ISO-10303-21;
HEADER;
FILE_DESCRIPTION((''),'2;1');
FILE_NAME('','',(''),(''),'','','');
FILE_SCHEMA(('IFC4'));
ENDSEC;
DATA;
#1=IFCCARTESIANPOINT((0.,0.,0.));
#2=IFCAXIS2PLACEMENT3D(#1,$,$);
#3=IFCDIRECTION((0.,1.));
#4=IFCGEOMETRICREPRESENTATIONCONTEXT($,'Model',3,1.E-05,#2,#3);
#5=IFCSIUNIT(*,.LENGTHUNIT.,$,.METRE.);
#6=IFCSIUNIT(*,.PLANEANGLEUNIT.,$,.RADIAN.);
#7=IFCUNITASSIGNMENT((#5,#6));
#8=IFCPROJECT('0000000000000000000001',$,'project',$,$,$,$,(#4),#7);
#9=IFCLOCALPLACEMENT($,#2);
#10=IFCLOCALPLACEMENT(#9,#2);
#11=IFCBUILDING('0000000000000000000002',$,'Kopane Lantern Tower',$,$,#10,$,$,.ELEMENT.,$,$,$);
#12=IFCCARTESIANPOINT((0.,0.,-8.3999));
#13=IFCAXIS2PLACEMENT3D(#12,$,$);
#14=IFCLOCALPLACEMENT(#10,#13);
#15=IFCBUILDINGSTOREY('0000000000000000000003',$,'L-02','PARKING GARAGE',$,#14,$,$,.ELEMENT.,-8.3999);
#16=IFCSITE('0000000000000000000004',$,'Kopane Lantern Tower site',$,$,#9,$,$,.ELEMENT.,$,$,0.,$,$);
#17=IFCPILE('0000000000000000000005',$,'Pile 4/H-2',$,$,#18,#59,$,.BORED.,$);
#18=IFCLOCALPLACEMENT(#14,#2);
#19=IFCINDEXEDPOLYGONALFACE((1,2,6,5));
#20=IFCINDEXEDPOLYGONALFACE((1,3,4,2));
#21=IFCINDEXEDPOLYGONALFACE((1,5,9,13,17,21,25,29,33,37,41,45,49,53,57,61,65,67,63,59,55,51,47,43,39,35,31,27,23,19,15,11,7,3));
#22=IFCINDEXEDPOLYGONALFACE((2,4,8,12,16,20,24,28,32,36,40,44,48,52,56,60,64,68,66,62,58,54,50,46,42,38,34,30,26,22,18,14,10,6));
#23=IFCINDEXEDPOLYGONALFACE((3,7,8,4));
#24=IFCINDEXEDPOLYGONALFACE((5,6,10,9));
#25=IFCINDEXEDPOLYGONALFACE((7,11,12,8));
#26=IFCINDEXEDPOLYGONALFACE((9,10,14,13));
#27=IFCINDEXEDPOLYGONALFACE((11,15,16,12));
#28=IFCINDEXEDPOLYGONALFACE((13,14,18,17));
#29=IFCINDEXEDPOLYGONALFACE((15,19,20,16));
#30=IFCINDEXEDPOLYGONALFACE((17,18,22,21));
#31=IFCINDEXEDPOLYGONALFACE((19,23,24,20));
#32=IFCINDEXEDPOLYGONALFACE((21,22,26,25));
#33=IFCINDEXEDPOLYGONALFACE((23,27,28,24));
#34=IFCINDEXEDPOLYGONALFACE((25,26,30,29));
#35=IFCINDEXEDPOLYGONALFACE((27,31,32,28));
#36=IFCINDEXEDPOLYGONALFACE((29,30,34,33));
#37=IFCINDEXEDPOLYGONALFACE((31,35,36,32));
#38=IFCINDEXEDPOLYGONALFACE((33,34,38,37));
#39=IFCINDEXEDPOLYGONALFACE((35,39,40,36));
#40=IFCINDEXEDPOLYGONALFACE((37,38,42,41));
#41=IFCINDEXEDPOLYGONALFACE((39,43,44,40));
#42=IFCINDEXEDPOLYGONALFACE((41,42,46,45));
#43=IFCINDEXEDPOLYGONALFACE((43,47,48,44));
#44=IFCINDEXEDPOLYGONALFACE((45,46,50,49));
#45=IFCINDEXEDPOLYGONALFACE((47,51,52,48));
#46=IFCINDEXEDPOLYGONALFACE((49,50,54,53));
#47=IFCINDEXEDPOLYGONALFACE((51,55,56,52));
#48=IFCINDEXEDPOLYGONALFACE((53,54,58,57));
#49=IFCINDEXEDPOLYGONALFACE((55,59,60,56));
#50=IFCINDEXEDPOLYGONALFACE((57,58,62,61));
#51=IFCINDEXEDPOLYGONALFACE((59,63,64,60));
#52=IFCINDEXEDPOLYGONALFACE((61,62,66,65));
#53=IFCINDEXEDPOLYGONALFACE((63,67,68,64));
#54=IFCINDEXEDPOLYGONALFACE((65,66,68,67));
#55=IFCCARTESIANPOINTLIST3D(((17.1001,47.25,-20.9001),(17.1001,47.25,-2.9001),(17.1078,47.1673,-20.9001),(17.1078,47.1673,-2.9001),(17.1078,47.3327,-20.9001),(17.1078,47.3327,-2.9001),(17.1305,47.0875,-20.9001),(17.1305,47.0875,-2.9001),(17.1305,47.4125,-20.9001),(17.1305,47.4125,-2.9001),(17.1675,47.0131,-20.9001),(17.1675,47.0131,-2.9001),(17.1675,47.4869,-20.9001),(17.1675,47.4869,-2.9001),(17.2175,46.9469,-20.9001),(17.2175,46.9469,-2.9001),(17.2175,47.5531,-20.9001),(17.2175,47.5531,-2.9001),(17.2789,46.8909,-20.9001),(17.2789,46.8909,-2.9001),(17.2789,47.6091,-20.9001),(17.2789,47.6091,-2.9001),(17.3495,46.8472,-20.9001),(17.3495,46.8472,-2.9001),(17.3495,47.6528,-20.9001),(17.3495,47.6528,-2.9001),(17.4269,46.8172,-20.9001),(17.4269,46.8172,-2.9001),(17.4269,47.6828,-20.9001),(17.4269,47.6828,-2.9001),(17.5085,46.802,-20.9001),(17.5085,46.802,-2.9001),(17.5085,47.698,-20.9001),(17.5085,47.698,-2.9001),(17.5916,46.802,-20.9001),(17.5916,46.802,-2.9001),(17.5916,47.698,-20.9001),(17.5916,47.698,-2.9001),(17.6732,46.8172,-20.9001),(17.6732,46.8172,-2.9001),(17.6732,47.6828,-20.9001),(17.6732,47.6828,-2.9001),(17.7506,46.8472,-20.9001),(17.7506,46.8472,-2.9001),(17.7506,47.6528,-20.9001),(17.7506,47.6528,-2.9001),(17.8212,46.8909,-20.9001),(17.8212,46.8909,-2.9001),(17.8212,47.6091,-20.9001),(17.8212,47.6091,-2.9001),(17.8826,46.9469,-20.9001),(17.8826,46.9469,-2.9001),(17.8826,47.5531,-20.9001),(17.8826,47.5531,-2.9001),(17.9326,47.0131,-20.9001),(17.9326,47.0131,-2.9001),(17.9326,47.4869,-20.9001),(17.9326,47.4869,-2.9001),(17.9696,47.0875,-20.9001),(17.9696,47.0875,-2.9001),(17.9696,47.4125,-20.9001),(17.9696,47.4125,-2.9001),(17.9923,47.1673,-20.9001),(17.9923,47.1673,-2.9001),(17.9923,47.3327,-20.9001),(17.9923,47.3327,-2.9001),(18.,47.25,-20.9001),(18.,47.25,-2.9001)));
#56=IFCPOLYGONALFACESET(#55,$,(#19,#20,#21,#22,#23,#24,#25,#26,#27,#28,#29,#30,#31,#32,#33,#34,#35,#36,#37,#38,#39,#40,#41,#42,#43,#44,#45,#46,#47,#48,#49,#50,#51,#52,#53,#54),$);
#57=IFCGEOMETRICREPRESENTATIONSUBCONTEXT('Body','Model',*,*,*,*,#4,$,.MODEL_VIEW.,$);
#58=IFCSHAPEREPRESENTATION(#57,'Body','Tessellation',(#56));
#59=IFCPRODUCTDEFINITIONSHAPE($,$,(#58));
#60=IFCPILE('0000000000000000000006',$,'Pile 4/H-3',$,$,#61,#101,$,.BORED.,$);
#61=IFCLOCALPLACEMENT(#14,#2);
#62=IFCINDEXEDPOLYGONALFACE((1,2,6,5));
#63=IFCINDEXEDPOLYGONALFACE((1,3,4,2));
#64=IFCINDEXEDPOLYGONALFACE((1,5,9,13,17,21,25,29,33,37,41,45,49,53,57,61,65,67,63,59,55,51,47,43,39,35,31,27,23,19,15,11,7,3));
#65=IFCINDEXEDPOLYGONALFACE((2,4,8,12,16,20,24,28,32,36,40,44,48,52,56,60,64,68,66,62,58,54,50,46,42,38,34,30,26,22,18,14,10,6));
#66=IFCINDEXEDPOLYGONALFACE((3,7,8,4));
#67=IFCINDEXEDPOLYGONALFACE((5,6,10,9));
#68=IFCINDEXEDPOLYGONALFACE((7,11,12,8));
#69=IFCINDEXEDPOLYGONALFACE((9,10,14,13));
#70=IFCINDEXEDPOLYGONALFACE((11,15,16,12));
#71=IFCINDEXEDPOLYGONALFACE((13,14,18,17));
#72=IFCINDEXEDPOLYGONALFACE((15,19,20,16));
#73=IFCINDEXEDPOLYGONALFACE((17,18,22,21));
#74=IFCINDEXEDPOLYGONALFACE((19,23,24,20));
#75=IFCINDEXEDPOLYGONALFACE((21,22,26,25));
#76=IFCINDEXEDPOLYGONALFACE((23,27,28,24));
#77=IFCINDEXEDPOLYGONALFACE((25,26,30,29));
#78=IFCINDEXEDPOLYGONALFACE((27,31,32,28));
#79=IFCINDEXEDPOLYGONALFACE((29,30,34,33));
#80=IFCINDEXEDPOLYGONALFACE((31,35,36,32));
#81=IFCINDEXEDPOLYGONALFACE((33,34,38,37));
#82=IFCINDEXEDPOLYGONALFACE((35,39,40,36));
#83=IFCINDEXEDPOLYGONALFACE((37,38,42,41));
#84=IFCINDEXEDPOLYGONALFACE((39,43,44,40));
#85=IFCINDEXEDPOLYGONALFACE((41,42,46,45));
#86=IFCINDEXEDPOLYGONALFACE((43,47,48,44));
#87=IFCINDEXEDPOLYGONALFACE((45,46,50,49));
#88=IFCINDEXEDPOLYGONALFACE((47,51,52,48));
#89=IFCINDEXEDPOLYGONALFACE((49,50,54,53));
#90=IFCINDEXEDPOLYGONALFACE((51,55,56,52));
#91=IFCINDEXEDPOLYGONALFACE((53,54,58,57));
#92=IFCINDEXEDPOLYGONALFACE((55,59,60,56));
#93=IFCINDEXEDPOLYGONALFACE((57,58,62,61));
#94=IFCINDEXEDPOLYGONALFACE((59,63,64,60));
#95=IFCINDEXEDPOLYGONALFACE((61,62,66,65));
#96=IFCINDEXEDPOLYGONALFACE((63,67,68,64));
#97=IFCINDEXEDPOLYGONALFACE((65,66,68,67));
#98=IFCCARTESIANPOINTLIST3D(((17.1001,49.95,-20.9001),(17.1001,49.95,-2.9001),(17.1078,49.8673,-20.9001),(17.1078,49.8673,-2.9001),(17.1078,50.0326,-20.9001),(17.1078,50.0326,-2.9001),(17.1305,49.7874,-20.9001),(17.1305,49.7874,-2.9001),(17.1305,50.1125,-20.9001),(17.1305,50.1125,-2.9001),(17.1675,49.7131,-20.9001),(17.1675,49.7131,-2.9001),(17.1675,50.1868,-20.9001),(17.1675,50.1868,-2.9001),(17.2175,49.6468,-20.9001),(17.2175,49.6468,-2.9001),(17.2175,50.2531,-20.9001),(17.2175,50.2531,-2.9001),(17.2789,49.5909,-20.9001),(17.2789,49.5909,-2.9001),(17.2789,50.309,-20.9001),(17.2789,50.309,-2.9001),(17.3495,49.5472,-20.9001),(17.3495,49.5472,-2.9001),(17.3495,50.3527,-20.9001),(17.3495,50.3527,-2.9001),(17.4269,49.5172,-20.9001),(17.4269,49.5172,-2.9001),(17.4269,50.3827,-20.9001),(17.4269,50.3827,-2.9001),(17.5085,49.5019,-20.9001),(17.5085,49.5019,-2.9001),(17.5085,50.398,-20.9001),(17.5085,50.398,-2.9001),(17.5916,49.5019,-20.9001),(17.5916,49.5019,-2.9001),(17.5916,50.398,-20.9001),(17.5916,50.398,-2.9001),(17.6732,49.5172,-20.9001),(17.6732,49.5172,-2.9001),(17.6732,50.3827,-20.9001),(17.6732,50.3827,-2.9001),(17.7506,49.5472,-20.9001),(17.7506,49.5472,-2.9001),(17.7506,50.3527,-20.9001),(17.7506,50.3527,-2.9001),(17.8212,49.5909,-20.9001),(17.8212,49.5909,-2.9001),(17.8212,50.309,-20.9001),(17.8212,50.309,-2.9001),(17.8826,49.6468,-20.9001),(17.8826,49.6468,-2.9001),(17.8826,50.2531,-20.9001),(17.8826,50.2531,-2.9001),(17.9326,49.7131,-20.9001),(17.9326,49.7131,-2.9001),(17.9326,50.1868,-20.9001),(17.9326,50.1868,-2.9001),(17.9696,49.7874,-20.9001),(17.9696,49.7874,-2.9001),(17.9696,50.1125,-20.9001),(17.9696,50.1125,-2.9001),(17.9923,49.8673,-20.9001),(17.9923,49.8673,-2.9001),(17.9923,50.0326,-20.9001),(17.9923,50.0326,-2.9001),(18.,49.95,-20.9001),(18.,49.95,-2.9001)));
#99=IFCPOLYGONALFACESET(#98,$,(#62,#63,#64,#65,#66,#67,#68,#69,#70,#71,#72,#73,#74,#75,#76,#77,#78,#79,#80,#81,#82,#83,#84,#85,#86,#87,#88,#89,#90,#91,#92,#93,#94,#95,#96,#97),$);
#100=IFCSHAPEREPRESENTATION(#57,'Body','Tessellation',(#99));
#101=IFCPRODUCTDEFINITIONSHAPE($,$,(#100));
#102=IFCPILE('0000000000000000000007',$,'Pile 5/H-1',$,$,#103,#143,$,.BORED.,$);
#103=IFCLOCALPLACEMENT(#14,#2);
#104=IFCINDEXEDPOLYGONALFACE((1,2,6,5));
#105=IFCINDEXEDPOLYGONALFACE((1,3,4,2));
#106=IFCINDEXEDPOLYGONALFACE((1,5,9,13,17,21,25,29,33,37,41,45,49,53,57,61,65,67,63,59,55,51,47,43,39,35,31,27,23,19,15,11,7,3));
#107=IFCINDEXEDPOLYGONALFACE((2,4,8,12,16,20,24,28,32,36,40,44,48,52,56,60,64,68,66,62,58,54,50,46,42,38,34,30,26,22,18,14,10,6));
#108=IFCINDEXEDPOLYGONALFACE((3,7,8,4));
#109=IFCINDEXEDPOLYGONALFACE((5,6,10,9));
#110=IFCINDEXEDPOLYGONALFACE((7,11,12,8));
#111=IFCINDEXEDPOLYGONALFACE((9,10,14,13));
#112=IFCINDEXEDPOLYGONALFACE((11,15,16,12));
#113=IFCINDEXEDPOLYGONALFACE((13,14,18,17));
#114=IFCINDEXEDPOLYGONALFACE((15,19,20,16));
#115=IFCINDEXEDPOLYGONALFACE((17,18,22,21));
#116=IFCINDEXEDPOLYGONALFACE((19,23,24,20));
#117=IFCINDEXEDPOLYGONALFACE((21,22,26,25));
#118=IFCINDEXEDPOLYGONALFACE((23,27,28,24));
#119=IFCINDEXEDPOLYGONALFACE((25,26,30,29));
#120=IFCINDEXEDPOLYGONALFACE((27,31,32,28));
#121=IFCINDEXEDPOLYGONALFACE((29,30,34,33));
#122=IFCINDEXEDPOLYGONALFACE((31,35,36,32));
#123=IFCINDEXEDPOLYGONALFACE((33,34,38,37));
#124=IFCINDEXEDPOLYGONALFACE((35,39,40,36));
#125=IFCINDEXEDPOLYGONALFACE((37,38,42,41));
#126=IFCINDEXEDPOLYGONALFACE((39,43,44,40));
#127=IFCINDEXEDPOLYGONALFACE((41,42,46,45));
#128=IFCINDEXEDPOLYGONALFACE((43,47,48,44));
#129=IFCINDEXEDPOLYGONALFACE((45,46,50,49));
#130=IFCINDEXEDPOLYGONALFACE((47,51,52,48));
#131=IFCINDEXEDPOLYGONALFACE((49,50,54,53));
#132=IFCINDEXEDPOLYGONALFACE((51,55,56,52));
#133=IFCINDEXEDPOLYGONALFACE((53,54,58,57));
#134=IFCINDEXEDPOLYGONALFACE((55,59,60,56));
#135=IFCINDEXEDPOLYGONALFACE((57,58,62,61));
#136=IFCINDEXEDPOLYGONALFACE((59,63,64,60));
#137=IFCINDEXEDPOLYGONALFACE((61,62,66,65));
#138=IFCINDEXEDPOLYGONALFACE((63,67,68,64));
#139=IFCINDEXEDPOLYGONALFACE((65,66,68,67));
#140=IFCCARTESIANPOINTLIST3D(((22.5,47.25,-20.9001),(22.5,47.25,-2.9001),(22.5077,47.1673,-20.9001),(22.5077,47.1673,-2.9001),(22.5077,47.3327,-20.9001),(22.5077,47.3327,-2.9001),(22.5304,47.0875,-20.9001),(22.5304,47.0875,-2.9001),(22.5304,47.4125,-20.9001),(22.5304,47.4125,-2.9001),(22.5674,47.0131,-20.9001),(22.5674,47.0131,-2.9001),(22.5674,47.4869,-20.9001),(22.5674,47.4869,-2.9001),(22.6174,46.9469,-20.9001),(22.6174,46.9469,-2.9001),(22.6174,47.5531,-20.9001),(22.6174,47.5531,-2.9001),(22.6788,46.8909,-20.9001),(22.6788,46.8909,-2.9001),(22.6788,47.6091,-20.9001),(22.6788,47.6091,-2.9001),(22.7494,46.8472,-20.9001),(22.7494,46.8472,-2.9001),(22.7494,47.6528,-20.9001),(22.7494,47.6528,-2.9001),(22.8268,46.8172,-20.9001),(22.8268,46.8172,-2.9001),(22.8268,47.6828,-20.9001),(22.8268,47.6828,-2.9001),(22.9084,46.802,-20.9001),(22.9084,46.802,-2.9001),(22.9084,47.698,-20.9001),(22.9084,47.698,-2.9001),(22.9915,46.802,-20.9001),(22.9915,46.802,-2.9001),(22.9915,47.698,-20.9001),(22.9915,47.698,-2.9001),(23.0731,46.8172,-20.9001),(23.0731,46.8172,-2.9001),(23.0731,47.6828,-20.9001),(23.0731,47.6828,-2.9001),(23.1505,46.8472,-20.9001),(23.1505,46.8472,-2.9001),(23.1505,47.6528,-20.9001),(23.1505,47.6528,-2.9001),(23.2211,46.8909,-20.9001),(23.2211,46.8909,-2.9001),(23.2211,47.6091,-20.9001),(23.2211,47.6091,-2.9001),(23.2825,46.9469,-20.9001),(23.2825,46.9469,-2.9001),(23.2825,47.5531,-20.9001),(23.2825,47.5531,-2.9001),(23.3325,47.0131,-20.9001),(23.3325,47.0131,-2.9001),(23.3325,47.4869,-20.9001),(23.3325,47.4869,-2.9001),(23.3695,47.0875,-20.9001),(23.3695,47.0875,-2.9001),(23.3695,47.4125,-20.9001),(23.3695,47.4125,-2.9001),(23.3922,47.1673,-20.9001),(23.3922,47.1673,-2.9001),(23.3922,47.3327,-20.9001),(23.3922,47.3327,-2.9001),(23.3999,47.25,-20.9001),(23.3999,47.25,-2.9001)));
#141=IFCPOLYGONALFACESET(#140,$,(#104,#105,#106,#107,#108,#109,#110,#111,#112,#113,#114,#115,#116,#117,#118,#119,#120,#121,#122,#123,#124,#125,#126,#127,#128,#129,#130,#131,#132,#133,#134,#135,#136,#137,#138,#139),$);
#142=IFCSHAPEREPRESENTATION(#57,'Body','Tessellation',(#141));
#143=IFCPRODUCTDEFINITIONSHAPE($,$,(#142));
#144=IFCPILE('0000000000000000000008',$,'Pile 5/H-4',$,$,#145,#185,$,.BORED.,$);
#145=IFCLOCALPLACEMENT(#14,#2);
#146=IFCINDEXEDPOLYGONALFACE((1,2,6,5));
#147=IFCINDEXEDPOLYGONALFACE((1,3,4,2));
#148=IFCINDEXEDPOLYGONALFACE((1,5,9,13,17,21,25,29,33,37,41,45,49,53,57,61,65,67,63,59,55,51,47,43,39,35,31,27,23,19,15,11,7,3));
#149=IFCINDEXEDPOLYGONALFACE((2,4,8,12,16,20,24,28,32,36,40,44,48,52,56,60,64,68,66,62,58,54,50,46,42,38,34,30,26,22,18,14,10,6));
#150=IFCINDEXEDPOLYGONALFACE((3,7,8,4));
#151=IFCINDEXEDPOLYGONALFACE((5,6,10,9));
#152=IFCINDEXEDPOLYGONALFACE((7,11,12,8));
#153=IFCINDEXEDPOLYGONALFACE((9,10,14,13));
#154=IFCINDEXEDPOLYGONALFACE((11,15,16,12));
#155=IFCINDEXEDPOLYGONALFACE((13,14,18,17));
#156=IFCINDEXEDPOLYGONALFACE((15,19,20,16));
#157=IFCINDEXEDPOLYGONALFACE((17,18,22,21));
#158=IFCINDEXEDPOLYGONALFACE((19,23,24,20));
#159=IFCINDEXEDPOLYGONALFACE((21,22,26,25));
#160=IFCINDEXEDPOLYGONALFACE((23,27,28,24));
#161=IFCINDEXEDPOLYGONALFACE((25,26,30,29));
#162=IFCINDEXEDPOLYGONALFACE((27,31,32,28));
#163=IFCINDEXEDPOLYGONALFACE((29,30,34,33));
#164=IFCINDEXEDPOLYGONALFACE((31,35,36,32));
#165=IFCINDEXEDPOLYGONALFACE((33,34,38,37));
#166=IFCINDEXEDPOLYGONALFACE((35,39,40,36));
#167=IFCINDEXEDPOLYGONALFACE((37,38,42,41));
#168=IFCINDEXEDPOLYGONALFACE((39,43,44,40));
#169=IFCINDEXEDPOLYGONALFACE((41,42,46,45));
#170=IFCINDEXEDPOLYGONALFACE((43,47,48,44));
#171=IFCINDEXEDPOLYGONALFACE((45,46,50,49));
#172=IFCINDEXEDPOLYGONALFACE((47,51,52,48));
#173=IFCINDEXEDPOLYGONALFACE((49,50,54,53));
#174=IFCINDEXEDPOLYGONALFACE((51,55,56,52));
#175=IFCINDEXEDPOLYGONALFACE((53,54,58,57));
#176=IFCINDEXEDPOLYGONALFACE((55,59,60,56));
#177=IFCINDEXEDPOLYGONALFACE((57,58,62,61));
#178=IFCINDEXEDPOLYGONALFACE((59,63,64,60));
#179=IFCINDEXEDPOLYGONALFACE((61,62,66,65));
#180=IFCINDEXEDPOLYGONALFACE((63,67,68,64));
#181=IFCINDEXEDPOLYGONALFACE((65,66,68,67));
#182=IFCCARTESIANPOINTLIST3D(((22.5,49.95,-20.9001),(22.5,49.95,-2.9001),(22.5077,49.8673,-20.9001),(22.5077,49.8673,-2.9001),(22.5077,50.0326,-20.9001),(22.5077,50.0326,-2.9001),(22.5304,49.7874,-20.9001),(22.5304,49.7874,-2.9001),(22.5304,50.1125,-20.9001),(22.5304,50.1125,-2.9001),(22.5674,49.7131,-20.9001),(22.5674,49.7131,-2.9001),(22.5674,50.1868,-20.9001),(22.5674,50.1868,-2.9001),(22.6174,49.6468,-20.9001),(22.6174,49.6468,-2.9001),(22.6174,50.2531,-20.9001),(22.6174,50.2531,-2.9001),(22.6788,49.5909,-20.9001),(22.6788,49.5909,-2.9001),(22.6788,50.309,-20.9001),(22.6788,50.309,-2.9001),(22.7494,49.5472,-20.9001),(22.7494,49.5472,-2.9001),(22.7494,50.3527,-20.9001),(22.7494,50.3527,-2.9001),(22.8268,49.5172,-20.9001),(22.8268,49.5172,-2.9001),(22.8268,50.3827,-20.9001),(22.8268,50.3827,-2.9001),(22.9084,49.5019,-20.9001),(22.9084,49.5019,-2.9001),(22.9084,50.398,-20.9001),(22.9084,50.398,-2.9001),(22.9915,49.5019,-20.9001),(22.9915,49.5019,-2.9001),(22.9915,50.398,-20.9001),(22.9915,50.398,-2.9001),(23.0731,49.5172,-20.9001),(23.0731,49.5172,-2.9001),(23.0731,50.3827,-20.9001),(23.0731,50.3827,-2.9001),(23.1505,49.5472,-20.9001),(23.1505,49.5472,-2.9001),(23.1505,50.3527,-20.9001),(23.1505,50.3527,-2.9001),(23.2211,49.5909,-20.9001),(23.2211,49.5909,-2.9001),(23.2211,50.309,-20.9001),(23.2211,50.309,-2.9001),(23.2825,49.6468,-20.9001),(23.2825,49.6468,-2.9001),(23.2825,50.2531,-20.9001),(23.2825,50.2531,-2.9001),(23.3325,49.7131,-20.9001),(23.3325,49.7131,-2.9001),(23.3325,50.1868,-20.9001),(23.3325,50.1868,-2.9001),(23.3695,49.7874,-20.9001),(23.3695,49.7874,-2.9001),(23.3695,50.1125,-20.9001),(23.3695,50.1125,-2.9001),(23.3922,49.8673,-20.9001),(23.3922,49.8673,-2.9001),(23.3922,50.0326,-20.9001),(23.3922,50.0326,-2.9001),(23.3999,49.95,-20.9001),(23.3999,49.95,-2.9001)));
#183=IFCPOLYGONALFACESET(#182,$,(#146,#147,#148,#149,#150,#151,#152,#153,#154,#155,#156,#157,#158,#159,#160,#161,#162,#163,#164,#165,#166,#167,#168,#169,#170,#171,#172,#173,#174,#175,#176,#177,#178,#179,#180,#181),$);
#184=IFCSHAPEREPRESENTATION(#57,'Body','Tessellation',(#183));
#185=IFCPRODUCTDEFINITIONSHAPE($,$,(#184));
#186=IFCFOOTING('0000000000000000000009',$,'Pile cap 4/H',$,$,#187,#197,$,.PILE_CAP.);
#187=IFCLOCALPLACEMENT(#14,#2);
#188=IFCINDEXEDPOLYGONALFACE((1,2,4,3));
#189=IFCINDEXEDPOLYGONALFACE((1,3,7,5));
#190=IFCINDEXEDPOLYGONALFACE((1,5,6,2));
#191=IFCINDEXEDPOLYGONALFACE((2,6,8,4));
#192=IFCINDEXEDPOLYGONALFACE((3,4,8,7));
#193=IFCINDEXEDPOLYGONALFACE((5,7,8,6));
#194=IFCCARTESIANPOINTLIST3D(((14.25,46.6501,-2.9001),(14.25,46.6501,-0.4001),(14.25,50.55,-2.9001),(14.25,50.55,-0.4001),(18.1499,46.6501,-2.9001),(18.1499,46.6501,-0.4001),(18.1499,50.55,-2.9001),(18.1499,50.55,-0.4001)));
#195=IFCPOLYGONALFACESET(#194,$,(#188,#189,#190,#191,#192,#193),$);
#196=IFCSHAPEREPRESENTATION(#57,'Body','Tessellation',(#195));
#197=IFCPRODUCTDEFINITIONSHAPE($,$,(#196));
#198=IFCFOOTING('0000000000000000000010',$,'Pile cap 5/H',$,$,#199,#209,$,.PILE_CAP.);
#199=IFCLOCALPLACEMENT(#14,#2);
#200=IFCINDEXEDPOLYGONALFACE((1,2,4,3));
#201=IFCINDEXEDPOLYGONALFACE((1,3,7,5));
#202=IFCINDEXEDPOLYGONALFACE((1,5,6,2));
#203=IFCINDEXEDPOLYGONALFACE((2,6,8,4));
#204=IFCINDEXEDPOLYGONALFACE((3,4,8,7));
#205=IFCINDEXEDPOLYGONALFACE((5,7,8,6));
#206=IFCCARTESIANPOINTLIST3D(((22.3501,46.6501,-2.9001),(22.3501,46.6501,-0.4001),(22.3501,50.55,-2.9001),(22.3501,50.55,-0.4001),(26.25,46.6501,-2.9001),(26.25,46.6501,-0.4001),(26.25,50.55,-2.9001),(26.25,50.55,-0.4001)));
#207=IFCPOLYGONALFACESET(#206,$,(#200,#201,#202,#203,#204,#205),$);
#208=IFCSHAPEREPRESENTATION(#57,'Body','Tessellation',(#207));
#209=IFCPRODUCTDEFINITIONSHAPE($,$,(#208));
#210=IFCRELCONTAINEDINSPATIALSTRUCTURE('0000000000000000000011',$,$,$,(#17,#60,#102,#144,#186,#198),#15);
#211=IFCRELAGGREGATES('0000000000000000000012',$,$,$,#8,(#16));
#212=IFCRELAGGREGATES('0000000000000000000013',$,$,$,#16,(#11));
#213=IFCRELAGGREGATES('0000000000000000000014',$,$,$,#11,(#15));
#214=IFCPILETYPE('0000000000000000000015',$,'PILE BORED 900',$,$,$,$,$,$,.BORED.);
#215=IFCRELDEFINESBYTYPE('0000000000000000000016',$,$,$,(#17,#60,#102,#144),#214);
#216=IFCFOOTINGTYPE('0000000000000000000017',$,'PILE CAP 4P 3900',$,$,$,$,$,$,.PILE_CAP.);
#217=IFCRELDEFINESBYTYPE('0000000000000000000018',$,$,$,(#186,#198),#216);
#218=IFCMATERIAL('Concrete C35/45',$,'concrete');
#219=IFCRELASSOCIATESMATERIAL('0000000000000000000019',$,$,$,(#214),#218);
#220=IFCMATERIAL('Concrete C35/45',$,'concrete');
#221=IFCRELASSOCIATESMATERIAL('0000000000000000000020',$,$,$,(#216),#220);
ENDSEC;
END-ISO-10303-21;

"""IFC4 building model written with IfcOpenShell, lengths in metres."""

from ifc_helpers import new_model, si_unit, direction, frame, origin, origin_2d, place, context, subcontext, project, spatial, rectangle, circle, extrude, material, material_profile, profile_set, type_object, element, save


model = new_model("IFC4")

# Units and contexts
model_context = context("Model", 3, precision=1e-05, world=origin(), true_north=direction((0.0, 1.0)))
body_context = subcontext(model_context, "Body", "Model", "MODEL_VIEW")
ifc_project = project(units=[si_unit("LENGTHUNIT", "METRE"), si_unit("PLANEANGLEUNIT", "RADIAN")], contexts=[model_context])

# Site, building, storey
site_placement = place(None, origin())
site = spatial("IfcSite", under=ifc_project, at=site_placement, Name="Kopane Lantern Tower site", CompositionType="ELEMENT", RefElevation=0.0)
building_placement = place(site_placement, origin())
building = spatial("IfcBuilding", under=site, at=building_placement, Name="Kopane Lantern Tower", CompositionType="ELEMENT")
storey_placement = place(building_placement, frame((0.0, 0.0, -8.3999)))
storey = spatial("IfcBuildingStorey", under=building, at=storey_placement, Name="L-02", Description="PARKING GARAGE", CompositionType="ELEMENT", Elevation=-8.3999)

# Piles
ifc_material_1 = material(Name="Concrete C35/45", Category="concrete")
ifc_material_profile_1 = material_profile(ifc_material_1, circle(Radius=0.45, at=origin_2d()), Name="D900")
ifc_profile_set_1 = profile_set([ifc_material_profile_1], Name="Concrete C35/45")
pile_type_1 = type_object("IfcPileType", Name="PILE BORED 900", PredefinedType="BORED", material=ifc_profile_set_1)
for number, where, z_axis, x_axis, name in (
    (1, (17.55, 47.25, -2.9001), (0.0, 0.0, -1.0), (1.0, 0.0, 0.0), "Pile 4/H-2"),
    (2, (17.55, 49.95, -2.9001), (0.0, 0.0, -1.0), (1.0, 0.0, 0.0), "Pile 4/H-3"),
    (3, (22.95, 47.25, -2.9001), (0.0, 0.0, -1.0), (1.0, 0.0, 0.0), "Pile 5/H-1"),
    (4, (22.95, 49.95, -2.9001), (0.0, 0.0, -1.0), (1.0, 0.0, 0.0), "Pile 5/H-4"),
):
    element("IfcPile", number, at=place(storey_placement, frame(where, z_axis=z_axis, x_axis=x_axis)), inside=storey, type_object=pile_type_1, Name=name, PredefinedType="BORED", context=body_context, shape_type="SweptSolid", body=[
        extrude(circle(Radius=0.45, at=origin_2d()), origin(), (0.0, 0.0, 1.0), 18.0),
    ])

# Footings
ifc_material_2 = material(Name="Concrete C35/45", Category="concrete")
footing_type = type_object("IfcFootingType", Name="PILE CAP 4P 3900", PredefinedType="PILE_CAP", material=ifc_material_2)
for number, where, z_axis, x_axis, name in (
    (5, (16.2, 48.6001, -2.9001), (0.0, 0.0, 1.0), (1.0, 0.0, 0.0), "Pile cap 4/H"),
    (6, (24.3, 48.6001, -2.9001), (0.0, 0.0, 1.0), (1.0, 0.0, 0.0), "Pile cap 5/H"),
):
    element("IfcFooting", number, at=place(storey_placement, frame(where, z_axis=z_axis, x_axis=x_axis)), inside=storey, type_object=footing_type, Name=name, PredefinedType="PILE_CAP", context=body_context, shape_type="SweptSolid", body=[
        extrude(rectangle(XDim=3.8999, YDim=3.8999, at=origin_2d()), origin(), (0.0, 0.0, 1.0), 2.5),
    ])

save(model, "model.ifc")
